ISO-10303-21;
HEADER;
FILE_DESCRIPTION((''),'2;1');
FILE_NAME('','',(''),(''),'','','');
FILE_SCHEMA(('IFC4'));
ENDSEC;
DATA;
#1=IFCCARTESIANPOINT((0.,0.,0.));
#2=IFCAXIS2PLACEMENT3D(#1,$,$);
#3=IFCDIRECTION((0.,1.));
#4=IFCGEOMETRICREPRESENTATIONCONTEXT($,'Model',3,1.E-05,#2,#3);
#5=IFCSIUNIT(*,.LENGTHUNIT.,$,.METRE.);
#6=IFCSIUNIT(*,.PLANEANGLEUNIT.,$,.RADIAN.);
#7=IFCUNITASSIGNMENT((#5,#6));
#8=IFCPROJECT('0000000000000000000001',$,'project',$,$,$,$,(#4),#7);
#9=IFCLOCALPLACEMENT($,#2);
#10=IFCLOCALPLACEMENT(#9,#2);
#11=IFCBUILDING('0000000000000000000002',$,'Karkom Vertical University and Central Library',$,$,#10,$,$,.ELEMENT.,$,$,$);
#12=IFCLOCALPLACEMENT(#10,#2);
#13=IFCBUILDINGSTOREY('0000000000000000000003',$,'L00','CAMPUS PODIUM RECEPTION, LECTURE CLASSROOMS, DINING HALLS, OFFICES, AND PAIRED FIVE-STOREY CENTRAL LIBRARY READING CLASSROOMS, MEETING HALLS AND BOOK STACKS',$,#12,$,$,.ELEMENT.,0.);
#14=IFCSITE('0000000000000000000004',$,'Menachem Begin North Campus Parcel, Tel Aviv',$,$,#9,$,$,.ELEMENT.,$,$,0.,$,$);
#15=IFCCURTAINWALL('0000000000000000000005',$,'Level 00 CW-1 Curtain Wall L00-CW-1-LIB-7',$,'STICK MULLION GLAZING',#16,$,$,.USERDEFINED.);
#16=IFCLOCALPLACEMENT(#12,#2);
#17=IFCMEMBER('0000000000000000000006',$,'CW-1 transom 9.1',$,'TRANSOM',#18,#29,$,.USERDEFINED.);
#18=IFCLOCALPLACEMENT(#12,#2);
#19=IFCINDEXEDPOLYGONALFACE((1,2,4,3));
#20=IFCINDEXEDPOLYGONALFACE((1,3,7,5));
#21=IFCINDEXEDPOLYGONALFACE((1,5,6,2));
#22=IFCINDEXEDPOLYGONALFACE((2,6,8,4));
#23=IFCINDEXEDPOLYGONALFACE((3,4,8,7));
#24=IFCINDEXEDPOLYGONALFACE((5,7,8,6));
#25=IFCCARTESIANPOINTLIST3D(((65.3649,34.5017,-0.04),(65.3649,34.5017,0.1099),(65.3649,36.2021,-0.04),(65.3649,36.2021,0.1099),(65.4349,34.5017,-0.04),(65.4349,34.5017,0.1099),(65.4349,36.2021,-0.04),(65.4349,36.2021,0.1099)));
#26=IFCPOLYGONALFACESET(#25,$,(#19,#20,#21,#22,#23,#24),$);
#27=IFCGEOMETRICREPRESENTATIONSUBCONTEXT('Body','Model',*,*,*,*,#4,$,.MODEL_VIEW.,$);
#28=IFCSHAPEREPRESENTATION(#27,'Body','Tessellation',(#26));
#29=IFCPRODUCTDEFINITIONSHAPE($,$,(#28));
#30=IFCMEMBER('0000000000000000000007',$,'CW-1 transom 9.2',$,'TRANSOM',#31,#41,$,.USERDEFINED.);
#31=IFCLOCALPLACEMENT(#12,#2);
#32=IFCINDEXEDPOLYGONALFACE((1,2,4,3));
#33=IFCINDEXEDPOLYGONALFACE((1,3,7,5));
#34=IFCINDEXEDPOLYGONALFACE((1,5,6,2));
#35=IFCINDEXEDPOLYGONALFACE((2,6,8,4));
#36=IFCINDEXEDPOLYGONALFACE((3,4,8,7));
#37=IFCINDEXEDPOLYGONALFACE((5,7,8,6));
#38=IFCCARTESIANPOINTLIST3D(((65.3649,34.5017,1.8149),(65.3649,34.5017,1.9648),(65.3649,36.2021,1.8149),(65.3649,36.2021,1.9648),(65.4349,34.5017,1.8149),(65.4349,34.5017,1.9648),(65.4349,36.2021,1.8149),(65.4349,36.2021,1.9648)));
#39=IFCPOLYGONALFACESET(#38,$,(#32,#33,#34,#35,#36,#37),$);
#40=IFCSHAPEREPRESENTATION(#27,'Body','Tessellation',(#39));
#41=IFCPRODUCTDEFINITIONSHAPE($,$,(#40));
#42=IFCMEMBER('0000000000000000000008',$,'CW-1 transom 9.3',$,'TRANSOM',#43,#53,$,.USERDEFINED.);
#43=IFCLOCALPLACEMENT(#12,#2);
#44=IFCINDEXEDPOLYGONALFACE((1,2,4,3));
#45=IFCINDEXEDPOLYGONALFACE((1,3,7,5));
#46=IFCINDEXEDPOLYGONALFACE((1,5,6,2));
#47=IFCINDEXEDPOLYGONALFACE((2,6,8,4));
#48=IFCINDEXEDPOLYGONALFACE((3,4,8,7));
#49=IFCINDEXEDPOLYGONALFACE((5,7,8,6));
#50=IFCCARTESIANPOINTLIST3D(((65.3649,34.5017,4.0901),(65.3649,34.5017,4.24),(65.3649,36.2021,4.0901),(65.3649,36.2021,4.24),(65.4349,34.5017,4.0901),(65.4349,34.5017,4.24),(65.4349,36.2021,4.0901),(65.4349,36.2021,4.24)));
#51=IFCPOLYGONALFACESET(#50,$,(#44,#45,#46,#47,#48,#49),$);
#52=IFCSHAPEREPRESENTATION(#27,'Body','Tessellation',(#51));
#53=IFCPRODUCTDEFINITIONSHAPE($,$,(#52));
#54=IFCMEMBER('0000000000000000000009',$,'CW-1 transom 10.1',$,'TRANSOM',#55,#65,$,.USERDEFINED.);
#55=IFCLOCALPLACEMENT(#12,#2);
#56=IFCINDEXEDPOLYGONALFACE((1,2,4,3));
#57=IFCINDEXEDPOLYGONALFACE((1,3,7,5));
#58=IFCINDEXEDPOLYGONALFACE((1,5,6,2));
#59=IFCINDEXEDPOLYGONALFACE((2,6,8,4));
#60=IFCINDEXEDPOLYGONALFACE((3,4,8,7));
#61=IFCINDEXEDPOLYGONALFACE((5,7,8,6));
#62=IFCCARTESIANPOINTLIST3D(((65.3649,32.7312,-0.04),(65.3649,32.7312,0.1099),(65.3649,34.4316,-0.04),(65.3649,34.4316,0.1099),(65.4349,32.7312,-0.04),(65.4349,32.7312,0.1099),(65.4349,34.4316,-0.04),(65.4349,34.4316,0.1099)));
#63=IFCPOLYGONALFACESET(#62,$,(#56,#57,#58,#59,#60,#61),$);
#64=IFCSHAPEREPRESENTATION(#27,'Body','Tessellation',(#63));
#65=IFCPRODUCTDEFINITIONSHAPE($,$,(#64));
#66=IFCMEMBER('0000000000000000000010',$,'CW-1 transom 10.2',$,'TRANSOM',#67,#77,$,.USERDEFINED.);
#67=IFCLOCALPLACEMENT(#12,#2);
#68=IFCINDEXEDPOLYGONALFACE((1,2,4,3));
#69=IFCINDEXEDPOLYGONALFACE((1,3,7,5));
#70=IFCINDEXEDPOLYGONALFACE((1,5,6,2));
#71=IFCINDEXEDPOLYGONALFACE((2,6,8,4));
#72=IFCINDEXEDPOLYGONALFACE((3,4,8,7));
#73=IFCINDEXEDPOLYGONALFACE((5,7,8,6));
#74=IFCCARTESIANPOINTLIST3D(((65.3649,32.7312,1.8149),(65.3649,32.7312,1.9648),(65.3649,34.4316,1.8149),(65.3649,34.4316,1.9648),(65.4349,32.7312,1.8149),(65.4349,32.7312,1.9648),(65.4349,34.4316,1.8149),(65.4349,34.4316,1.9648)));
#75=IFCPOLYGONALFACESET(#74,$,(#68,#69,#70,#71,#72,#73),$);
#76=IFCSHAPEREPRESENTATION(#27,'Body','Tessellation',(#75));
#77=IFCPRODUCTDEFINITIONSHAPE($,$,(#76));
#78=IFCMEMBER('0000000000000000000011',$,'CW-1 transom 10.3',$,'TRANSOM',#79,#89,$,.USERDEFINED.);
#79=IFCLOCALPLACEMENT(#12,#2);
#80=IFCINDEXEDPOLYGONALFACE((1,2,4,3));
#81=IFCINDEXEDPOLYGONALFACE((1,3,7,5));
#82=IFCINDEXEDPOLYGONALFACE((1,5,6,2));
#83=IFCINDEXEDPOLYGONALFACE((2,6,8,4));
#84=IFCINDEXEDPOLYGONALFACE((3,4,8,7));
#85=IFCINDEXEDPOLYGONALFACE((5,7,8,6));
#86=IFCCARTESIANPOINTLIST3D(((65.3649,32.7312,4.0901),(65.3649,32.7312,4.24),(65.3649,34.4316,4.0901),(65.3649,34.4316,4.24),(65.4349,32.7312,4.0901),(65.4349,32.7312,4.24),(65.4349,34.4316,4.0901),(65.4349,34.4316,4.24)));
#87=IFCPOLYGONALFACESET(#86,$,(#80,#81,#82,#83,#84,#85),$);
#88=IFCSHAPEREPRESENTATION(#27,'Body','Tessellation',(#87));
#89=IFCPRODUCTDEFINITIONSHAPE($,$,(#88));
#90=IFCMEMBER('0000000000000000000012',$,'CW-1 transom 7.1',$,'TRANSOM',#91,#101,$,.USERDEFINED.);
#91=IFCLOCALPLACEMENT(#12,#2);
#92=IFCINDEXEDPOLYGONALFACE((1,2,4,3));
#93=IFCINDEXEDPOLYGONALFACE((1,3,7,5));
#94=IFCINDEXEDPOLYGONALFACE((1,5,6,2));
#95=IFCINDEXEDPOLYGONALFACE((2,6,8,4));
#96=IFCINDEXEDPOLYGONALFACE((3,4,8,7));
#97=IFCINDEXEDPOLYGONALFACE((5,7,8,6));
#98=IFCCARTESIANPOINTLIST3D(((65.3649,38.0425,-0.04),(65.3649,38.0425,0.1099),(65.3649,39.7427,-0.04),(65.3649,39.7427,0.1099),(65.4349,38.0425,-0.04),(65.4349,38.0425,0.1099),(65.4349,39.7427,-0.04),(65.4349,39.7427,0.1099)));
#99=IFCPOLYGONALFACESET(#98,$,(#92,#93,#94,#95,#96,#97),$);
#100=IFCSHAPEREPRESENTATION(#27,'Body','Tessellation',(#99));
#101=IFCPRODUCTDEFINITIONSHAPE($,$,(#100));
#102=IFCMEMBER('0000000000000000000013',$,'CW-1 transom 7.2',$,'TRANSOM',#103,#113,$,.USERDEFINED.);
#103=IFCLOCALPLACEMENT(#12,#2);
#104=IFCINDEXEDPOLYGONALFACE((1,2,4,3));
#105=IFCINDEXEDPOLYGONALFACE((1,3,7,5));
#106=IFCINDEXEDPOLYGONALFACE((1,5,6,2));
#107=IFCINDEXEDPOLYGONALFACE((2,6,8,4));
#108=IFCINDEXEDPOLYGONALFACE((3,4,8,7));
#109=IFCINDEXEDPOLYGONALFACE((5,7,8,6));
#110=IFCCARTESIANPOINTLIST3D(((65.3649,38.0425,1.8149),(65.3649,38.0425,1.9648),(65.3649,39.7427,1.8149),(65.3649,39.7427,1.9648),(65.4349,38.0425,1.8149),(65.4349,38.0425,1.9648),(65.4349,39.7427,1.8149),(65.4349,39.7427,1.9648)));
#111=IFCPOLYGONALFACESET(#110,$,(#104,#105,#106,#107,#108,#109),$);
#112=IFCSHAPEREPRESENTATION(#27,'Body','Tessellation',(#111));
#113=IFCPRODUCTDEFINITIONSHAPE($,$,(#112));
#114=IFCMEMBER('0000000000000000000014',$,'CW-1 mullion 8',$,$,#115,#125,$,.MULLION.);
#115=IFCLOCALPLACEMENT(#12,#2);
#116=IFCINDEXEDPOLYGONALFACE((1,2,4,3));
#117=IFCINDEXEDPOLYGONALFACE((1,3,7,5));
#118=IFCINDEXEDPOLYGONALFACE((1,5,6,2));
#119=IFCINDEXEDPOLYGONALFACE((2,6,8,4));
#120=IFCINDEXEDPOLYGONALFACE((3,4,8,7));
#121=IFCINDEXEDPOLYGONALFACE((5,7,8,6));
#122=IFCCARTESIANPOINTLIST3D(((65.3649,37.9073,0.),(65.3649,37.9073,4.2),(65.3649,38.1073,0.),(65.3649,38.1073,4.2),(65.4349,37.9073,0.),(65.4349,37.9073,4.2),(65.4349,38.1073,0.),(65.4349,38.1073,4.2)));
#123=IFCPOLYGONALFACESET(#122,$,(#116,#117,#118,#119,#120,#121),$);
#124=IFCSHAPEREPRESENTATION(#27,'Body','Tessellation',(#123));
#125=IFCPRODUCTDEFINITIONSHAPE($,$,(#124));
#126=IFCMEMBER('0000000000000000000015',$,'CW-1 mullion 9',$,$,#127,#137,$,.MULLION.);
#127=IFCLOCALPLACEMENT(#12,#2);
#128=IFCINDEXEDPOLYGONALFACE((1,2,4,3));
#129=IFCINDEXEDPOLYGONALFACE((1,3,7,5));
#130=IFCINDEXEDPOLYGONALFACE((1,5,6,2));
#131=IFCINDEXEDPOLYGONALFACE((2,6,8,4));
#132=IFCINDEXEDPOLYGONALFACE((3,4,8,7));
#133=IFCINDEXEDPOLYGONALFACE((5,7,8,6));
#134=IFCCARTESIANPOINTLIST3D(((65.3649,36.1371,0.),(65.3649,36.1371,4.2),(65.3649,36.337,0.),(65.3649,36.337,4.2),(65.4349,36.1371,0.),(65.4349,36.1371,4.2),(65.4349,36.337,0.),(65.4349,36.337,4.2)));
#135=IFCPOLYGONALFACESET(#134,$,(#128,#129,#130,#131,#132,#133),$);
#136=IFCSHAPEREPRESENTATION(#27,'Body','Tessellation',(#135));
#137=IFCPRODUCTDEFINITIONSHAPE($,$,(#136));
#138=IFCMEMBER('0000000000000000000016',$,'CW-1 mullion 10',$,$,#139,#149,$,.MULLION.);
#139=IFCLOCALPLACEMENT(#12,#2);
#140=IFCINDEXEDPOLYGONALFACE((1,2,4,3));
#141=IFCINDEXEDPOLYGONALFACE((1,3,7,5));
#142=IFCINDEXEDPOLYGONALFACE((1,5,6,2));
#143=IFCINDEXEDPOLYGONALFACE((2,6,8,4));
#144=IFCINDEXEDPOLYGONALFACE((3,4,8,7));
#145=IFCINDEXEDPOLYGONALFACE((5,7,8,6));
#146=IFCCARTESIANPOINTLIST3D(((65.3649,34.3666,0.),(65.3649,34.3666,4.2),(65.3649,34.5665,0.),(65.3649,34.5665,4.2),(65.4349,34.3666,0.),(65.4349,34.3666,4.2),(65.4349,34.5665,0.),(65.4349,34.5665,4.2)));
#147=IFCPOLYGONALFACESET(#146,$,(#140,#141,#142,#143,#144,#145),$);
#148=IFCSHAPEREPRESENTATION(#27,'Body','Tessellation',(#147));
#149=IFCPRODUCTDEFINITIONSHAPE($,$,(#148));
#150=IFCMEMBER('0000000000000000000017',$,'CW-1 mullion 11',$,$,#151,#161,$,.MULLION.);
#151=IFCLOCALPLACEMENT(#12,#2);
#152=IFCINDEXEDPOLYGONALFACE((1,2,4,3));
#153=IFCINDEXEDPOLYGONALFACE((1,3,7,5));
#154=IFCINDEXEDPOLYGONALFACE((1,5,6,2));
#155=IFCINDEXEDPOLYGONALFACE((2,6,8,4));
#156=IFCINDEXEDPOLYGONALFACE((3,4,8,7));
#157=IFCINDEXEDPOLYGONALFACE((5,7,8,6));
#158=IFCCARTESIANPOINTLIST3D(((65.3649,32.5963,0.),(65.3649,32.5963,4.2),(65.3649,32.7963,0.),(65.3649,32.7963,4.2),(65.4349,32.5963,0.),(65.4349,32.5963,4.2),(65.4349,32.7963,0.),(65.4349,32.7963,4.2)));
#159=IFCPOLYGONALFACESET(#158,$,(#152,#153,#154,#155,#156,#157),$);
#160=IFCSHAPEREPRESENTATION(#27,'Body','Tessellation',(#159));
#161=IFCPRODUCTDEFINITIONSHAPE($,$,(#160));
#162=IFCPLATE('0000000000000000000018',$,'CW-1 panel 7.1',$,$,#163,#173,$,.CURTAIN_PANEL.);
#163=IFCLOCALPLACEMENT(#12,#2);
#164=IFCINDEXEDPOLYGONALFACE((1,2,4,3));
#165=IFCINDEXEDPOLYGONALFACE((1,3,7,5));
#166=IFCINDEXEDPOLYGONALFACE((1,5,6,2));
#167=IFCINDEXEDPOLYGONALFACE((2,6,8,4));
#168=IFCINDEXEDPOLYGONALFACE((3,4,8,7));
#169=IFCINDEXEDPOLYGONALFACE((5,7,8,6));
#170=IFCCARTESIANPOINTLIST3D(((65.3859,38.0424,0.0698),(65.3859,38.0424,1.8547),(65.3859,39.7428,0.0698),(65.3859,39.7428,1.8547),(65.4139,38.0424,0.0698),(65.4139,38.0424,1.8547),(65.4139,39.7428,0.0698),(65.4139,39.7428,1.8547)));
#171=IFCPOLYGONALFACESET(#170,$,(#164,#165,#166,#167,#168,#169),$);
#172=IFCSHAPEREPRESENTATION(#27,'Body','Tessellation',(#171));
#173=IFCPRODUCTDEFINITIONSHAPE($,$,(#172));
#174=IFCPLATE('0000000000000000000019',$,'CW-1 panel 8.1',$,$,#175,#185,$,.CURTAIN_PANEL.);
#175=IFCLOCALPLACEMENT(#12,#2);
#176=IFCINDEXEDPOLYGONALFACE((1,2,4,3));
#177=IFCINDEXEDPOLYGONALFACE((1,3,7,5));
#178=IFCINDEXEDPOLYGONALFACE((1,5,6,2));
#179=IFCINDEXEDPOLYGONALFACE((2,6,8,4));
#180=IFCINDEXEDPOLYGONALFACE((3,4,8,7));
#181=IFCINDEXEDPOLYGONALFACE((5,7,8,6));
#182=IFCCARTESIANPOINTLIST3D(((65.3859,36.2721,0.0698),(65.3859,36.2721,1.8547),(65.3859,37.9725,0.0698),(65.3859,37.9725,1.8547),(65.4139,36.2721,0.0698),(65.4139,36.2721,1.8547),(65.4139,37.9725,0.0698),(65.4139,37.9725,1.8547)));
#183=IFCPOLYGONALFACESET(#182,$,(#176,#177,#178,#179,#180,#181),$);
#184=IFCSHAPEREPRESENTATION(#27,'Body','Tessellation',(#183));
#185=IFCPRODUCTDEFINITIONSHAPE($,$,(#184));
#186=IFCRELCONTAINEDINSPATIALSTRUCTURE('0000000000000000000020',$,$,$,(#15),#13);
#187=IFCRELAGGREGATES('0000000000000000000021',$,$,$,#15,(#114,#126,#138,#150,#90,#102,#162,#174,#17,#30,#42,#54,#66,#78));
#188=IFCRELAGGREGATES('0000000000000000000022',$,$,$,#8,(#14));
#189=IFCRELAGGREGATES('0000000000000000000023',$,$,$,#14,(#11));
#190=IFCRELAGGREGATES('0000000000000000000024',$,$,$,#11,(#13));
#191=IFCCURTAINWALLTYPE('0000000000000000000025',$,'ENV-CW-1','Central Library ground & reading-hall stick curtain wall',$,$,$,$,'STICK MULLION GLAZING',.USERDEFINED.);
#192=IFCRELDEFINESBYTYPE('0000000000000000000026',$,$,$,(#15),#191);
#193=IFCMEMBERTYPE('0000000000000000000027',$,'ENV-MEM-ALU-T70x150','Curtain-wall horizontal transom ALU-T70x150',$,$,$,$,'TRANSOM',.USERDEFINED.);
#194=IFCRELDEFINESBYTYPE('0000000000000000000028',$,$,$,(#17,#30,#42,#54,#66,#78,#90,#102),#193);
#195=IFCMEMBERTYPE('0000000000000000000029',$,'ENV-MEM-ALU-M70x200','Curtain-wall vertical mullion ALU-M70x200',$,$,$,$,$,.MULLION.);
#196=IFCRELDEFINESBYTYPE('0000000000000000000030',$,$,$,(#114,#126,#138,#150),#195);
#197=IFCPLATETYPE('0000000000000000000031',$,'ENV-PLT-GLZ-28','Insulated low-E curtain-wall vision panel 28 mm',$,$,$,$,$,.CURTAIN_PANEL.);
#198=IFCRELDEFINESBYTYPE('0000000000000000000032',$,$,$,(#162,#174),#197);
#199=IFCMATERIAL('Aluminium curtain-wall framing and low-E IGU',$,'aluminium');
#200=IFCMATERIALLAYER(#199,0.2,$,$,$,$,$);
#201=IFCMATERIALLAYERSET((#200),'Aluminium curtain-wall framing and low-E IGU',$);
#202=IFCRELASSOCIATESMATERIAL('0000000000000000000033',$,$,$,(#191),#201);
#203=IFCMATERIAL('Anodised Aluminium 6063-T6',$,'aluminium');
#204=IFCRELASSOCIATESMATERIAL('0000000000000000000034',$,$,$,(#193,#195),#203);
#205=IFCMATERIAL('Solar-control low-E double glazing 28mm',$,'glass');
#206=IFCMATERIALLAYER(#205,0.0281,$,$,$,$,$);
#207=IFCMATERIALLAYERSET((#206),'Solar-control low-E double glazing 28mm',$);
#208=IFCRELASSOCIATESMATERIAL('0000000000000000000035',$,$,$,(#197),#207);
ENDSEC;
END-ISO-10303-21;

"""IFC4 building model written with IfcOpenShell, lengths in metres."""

from ifc_helpers import new_model, si_unit, direction, frame, origin, origin_with_axes, origin_2d, place, context, subcontext, project, spatial, rectangle, extrude, source, transform, mapped, material, layer, layer_set, material_profile, profile_set, type_object, element, aggregate, save


model = new_model("IFC4")

# Units and contexts
model_context = context("Model", 3, precision=1e-05, world=origin(), true_north=direction((0.0, 1.0)))
body_context = subcontext(model_context, "Body", "Model", "MODEL_VIEW")
ifc_project = project(units=[si_unit("LENGTHUNIT", "METRE"), si_unit("PLANEANGLEUNIT", "RADIAN")], contexts=[model_context])

# Site, building, storey
site_placement = place(None, origin())
site = spatial("IfcSite", under=ifc_project, at=site_placement, Name="Menachem Begin North Campus Parcel, Tel Aviv", CompositionType="ELEMENT", RefElevation=0.0)
building_placement = place(site_placement, origin())
building = spatial("IfcBuilding", under=site, at=building_placement, Name="Karkom Vertical University and Central Library", CompositionType="ELEMENT")
storey_placement = place(building_placement, origin())
storey = spatial("IfcBuildingStorey", under=building, at=storey_placement, Name="L00", Description="CAMPUS PODIUM RECEPTION, LECTURE CLASSROOMS, DINING HALLS, OFFICES, AND PAIRED FIVE-STOREY CENTRAL LIBRARY READING CLASSROOMS, MEETING HALLS AND BOOK STACKS", CompositionType="ELEMENT", Elevation=0.0)

# Curtain wall, members, plates
ifc_material_1 = material(Name="Aluminium curtain-wall framing and low-E IGU", Category="aluminium")
ifc_layer_1 = layer(ifc_material_1, 0.2)
ifc_layer_set_1 = layer_set([ifc_layer_1], Name="Aluminium curtain-wall framing and low-E IGU")
curtain_wall_type = type_object("IfcCurtainWallType", Name="ENV-CW-1", Description="Central Library ground & reading-hall stick curtain wall", ElementType="STICK MULLION GLAZING", PredefinedType="USERDEFINED", material=ifc_layer_set_1)
curtain_wall_placement = place(storey_placement, origin())
curtain_wall = element("IfcCurtainWall", 1, at=curtain_wall_placement, inside=storey, type_object=curtain_wall_type, Name="Level 00 CW-1 Curtain Wall L00-CW-1-LIB-7", ObjectType="STICK MULLION GLAZING", PredefinedType="USERDEFINED")
ifc_material_2 = material(Name="Anodised Aluminium 6063-T6", Category="aluminium")
ifc_material_profile_1 = material_profile(ifc_material_2, rectangle(XDim=0.0701, YDim=0.1499, at=origin_2d()), Name="ALU-T70x150")
ifc_profile_set_1 = profile_set([ifc_material_profile_1], Name="Anodised Aluminium 6063-T6")
member_type_1 = type_object("IfcMemberType", Name="ENV-MEM-ALU-T70x150", Description="Curtain-wall horizontal transom ALU-T70x150", ElementType="TRANSOM", PredefinedType="USERDEFINED", material=ifc_profile_set_1)
shared_shape_1 = source(origin_with_axes(), body_context, "Body", "SweptSolid", [
    extrude(rectangle(XDim=0.0701, YDim=0.1499, at=origin_2d()), origin(), (0.0, 0.0, 1.0), 1.7004),
])
member_1_placement = place(storey_placement, frame((65.3999, 36.2021, 0.0349), z_axis=(0.0, -1.0, 0.0), x_axis=(1.0, 0.0, 0.0)))
member_1 = element("IfcMember", 2, at=member_1_placement, type_object=member_type_1, Name="CW-1 transom 9.1", ObjectType="TRANSOM", PredefinedType="USERDEFINED", context=body_context, shape_type="MappedRepresentation", body=[
    mapped(shared_shape_1, transform((0.0, 0.0, 0.0), scale=1.0)),
])
member_2_placement = place(storey_placement, frame((65.3999, 36.2021, 1.8899), z_axis=(0.0, -1.0, 0.0), x_axis=(1.0, 0.0, 0.0)))
member_2 = element("IfcMember", 3, at=member_2_placement, type_object=member_type_1, Name="CW-1 transom 9.2", ObjectType="TRANSOM", PredefinedType="USERDEFINED", context=body_context, shape_type="MappedRepresentation", body=[
    mapped(shared_shape_1, transform((0.0, 0.0, 0.0), scale=1.0)),
])
member_3_placement = place(storey_placement, frame((65.3999, 36.2021, 4.165), z_axis=(0.0, -1.0, 0.0), x_axis=(1.0, 0.0, 0.0)))
member_3 = element("IfcMember", 4, at=member_3_placement, type_object=member_type_1, Name="CW-1 transom 9.3", ObjectType="TRANSOM", PredefinedType="USERDEFINED", context=body_context, shape_type="MappedRepresentation", body=[
    mapped(shared_shape_1, transform((0.0, 0.0, 0.0), scale=1.0)),
])
member_4_placement = place(storey_placement, frame((65.3999, 34.4316, 0.0349), z_axis=(0.0, -1.0, 0.0), x_axis=(1.0, 0.0, 0.0)))
member_4 = element("IfcMember", 5, at=member_4_placement, type_object=member_type_1, Name="CW-1 transom 10.1", ObjectType="TRANSOM", PredefinedType="USERDEFINED", context=body_context, shape_type="MappedRepresentation", body=[
    mapped(shared_shape_1, transform((0.0, 0.0, 0.0), scale=1.0)),
])
member_5_placement = place(storey_placement, frame((65.3999, 34.4316, 1.8899), z_axis=(0.0, -1.0, 0.0), x_axis=(1.0, 0.0, 0.0)))
member_5 = element("IfcMember", 6, at=member_5_placement, type_object=member_type_1, Name="CW-1 transom 10.2", ObjectType="TRANSOM", PredefinedType="USERDEFINED", context=body_context, shape_type="MappedRepresentation", body=[
    mapped(shared_shape_1, transform((0.0, 0.0, 0.0), scale=1.0)),
])
member_6_placement = place(storey_placement, frame((65.3999, 34.4316, 4.165), z_axis=(0.0, -1.0, 0.0), x_axis=(1.0, 0.0, 0.0)))
member_6 = element("IfcMember", 7, at=member_6_placement, type_object=member_type_1, Name="CW-1 transom 10.3", ObjectType="TRANSOM", PredefinedType="USERDEFINED", context=body_context, shape_type="MappedRepresentation", body=[
    mapped(shared_shape_1, transform((0.0, 0.0, 0.0), scale=1.0)),
])
shared_shape_2 = source(origin_with_axes(), body_context, "Body", "SweptSolid", [
    extrude(rectangle(XDim=0.0701, YDim=0.1499, at=origin_2d()), origin(), (0.0, 0.0, 1.0), 1.7002),
])
member_7_placement = place(storey_placement, frame((65.3999, 39.7427, 0.0349), z_axis=(0.0, -1.0, 0.0), x_axis=(1.0, 0.0, 0.0)))
member_7 = element("IfcMember", 8, at=member_7_placement, type_object=member_type_1, Name="CW-1 transom 7.1", ObjectType="TRANSOM", PredefinedType="USERDEFINED", context=body_context, shape_type="MappedRepresentation", body=[
    mapped(shared_shape_2, transform((0.0, 0.0, 0.0), scale=1.0)),
])
member_8_placement = place(storey_placement, frame((65.3999, 39.7427, 1.8899), z_axis=(0.0, -1.0, 0.0), x_axis=(1.0, 0.0, 0.0)))
member_8 = element("IfcMember", 9, at=member_8_placement, type_object=member_type_1, Name="CW-1 transom 7.2", ObjectType="TRANSOM", PredefinedType="USERDEFINED", context=body_context, shape_type="MappedRepresentation", body=[
    mapped(shared_shape_2, transform((0.0, 0.0, 0.0), scale=1.0)),
])
ifc_material_profile_2 = material_profile(ifc_material_2, rectangle(XDim=0.0701, YDim=0.2, at=origin_2d()), Name="ALU-M70x200")
ifc_profile_set_2 = profile_set([ifc_material_profile_2], Name="Anodised Aluminium 6063-T6")
member_type_2 = type_object("IfcMemberType", Name="ENV-MEM-ALU-M70x200", Description="Curtain-wall vertical mullion ALU-M70x200", PredefinedType="MULLION", material=ifc_profile_set_2)
shared_shape_3 = source(origin_with_axes(), body_context, "Body", "SweptSolid", [
    extrude(rectangle(XDim=0.0701, YDim=0.2, at=origin_2d()), origin(), (0.0, 0.0, 1.0), 4.2),
])
member_9_placement = place(storey_placement, frame((65.3999, 38.0073, 0.0), z_axis=(0.0, 0.0, 1.0), x_axis=(1.0, 0.0, 0.0)))
member_9 = element("IfcMember", 10, at=member_9_placement, type_object=member_type_2, Name="CW-1 mullion 8", PredefinedType="MULLION", context=body_context, shape_type="MappedRepresentation", body=[
    mapped(shared_shape_3, transform((0.0, 0.0, 0.0), scale=1.0)),
])
member_10_placement = place(storey_placement, frame((65.3999, 36.2371, 0.0), z_axis=(0.0, 0.0, 1.0), x_axis=(1.0, 0.0, 0.0)))
member_10 = element("IfcMember", 11, at=member_10_placement, type_object=member_type_2, Name="CW-1 mullion 9", PredefinedType="MULLION", context=body_context, shape_type="MappedRepresentation", body=[
    mapped(shared_shape_3, transform((0.0, 0.0, 0.0), scale=1.0)),
])
member_11_placement = place(storey_placement, frame((65.3999, 34.4666, 0.0), z_axis=(0.0, 0.0, 1.0), x_axis=(1.0, 0.0, 0.0)))
member_11 = element("IfcMember", 12, at=member_11_placement, type_object=member_type_2, Name="CW-1 mullion 10", PredefinedType="MULLION", context=body_context, shape_type="MappedRepresentation", body=[
    mapped(shared_shape_3, transform((0.0, 0.0, 0.0), scale=1.0)),
])
member_12_placement = place(storey_placement, frame((65.3999, 32.6963, 0.0), z_axis=(0.0, 0.0, 1.0), x_axis=(1.0, 0.0, 0.0)))
member_12 = element("IfcMember", 13, at=member_12_placement, type_object=member_type_2, Name="CW-1 mullion 11", PredefinedType="MULLION", context=body_context, shape_type="MappedRepresentation", body=[
    mapped(shared_shape_3, transform((0.0, 0.0, 0.0), scale=1.0)),
])
ifc_material_3 = material(Name="Solar-control low-E double glazing 28mm", Category="glass")
ifc_layer_2 = layer(ifc_material_3, 0.0281)
ifc_layer_set_2 = layer_set([ifc_layer_2], Name="Solar-control low-E double glazing 28mm")
plate_type = type_object("IfcPlateType", Name="ENV-PLT-GLZ-28", Description="Insulated low-E curtain-wall vision panel 28 mm", PredefinedType="CURTAIN_PANEL", material=ifc_layer_set_2)
shared_shape_4 = source(origin_with_axes(), body_context, "Body", "SweptSolid", [
    extrude(rectangle(XDim=1.7004, YDim=0.0281, at=origin_2d()), origin(), (0.0, 0.0, 1.0), 1.7849),
])
plate_1_placement = place(storey_placement, frame((65.3999, 38.8926, 0.0698), z_axis=(0.0, 0.0, 1.0), x_axis=(0.0, -1.0, 0.0)))
plate_1 = element("IfcPlate", 14, at=plate_1_placement, type_object=plate_type, Name="CW-1 panel 7.1", PredefinedType="CURTAIN_PANEL", context=body_context, shape_type="MappedRepresentation", body=[
    mapped(shared_shape_4, transform((0.0, 0.0, 0.0), scale=1.0)),
])
plate_2_placement = place(storey_placement, frame((65.3999, 37.1223, 0.0698), z_axis=(0.0, 0.0, 1.0), x_axis=(0.0, -1.0, 0.0)))
plate_2 = element("IfcPlate", 15, at=plate_2_placement, type_object=plate_type, Name="CW-1 panel 8.1", PredefinedType="CURTAIN_PANEL", context=body_context, shape_type="MappedRepresentation", body=[
    mapped(shared_shape_4, transform((0.0, 0.0, 0.0), scale=1.0)),
])
aggregate(curtain_wall, [member_9, member_10, member_11, member_12, member_7, member_8, plate_1, plate_2, member_1, member_2, member_3, member_4, member_5, member_6])

save(model, "model.ifc")
